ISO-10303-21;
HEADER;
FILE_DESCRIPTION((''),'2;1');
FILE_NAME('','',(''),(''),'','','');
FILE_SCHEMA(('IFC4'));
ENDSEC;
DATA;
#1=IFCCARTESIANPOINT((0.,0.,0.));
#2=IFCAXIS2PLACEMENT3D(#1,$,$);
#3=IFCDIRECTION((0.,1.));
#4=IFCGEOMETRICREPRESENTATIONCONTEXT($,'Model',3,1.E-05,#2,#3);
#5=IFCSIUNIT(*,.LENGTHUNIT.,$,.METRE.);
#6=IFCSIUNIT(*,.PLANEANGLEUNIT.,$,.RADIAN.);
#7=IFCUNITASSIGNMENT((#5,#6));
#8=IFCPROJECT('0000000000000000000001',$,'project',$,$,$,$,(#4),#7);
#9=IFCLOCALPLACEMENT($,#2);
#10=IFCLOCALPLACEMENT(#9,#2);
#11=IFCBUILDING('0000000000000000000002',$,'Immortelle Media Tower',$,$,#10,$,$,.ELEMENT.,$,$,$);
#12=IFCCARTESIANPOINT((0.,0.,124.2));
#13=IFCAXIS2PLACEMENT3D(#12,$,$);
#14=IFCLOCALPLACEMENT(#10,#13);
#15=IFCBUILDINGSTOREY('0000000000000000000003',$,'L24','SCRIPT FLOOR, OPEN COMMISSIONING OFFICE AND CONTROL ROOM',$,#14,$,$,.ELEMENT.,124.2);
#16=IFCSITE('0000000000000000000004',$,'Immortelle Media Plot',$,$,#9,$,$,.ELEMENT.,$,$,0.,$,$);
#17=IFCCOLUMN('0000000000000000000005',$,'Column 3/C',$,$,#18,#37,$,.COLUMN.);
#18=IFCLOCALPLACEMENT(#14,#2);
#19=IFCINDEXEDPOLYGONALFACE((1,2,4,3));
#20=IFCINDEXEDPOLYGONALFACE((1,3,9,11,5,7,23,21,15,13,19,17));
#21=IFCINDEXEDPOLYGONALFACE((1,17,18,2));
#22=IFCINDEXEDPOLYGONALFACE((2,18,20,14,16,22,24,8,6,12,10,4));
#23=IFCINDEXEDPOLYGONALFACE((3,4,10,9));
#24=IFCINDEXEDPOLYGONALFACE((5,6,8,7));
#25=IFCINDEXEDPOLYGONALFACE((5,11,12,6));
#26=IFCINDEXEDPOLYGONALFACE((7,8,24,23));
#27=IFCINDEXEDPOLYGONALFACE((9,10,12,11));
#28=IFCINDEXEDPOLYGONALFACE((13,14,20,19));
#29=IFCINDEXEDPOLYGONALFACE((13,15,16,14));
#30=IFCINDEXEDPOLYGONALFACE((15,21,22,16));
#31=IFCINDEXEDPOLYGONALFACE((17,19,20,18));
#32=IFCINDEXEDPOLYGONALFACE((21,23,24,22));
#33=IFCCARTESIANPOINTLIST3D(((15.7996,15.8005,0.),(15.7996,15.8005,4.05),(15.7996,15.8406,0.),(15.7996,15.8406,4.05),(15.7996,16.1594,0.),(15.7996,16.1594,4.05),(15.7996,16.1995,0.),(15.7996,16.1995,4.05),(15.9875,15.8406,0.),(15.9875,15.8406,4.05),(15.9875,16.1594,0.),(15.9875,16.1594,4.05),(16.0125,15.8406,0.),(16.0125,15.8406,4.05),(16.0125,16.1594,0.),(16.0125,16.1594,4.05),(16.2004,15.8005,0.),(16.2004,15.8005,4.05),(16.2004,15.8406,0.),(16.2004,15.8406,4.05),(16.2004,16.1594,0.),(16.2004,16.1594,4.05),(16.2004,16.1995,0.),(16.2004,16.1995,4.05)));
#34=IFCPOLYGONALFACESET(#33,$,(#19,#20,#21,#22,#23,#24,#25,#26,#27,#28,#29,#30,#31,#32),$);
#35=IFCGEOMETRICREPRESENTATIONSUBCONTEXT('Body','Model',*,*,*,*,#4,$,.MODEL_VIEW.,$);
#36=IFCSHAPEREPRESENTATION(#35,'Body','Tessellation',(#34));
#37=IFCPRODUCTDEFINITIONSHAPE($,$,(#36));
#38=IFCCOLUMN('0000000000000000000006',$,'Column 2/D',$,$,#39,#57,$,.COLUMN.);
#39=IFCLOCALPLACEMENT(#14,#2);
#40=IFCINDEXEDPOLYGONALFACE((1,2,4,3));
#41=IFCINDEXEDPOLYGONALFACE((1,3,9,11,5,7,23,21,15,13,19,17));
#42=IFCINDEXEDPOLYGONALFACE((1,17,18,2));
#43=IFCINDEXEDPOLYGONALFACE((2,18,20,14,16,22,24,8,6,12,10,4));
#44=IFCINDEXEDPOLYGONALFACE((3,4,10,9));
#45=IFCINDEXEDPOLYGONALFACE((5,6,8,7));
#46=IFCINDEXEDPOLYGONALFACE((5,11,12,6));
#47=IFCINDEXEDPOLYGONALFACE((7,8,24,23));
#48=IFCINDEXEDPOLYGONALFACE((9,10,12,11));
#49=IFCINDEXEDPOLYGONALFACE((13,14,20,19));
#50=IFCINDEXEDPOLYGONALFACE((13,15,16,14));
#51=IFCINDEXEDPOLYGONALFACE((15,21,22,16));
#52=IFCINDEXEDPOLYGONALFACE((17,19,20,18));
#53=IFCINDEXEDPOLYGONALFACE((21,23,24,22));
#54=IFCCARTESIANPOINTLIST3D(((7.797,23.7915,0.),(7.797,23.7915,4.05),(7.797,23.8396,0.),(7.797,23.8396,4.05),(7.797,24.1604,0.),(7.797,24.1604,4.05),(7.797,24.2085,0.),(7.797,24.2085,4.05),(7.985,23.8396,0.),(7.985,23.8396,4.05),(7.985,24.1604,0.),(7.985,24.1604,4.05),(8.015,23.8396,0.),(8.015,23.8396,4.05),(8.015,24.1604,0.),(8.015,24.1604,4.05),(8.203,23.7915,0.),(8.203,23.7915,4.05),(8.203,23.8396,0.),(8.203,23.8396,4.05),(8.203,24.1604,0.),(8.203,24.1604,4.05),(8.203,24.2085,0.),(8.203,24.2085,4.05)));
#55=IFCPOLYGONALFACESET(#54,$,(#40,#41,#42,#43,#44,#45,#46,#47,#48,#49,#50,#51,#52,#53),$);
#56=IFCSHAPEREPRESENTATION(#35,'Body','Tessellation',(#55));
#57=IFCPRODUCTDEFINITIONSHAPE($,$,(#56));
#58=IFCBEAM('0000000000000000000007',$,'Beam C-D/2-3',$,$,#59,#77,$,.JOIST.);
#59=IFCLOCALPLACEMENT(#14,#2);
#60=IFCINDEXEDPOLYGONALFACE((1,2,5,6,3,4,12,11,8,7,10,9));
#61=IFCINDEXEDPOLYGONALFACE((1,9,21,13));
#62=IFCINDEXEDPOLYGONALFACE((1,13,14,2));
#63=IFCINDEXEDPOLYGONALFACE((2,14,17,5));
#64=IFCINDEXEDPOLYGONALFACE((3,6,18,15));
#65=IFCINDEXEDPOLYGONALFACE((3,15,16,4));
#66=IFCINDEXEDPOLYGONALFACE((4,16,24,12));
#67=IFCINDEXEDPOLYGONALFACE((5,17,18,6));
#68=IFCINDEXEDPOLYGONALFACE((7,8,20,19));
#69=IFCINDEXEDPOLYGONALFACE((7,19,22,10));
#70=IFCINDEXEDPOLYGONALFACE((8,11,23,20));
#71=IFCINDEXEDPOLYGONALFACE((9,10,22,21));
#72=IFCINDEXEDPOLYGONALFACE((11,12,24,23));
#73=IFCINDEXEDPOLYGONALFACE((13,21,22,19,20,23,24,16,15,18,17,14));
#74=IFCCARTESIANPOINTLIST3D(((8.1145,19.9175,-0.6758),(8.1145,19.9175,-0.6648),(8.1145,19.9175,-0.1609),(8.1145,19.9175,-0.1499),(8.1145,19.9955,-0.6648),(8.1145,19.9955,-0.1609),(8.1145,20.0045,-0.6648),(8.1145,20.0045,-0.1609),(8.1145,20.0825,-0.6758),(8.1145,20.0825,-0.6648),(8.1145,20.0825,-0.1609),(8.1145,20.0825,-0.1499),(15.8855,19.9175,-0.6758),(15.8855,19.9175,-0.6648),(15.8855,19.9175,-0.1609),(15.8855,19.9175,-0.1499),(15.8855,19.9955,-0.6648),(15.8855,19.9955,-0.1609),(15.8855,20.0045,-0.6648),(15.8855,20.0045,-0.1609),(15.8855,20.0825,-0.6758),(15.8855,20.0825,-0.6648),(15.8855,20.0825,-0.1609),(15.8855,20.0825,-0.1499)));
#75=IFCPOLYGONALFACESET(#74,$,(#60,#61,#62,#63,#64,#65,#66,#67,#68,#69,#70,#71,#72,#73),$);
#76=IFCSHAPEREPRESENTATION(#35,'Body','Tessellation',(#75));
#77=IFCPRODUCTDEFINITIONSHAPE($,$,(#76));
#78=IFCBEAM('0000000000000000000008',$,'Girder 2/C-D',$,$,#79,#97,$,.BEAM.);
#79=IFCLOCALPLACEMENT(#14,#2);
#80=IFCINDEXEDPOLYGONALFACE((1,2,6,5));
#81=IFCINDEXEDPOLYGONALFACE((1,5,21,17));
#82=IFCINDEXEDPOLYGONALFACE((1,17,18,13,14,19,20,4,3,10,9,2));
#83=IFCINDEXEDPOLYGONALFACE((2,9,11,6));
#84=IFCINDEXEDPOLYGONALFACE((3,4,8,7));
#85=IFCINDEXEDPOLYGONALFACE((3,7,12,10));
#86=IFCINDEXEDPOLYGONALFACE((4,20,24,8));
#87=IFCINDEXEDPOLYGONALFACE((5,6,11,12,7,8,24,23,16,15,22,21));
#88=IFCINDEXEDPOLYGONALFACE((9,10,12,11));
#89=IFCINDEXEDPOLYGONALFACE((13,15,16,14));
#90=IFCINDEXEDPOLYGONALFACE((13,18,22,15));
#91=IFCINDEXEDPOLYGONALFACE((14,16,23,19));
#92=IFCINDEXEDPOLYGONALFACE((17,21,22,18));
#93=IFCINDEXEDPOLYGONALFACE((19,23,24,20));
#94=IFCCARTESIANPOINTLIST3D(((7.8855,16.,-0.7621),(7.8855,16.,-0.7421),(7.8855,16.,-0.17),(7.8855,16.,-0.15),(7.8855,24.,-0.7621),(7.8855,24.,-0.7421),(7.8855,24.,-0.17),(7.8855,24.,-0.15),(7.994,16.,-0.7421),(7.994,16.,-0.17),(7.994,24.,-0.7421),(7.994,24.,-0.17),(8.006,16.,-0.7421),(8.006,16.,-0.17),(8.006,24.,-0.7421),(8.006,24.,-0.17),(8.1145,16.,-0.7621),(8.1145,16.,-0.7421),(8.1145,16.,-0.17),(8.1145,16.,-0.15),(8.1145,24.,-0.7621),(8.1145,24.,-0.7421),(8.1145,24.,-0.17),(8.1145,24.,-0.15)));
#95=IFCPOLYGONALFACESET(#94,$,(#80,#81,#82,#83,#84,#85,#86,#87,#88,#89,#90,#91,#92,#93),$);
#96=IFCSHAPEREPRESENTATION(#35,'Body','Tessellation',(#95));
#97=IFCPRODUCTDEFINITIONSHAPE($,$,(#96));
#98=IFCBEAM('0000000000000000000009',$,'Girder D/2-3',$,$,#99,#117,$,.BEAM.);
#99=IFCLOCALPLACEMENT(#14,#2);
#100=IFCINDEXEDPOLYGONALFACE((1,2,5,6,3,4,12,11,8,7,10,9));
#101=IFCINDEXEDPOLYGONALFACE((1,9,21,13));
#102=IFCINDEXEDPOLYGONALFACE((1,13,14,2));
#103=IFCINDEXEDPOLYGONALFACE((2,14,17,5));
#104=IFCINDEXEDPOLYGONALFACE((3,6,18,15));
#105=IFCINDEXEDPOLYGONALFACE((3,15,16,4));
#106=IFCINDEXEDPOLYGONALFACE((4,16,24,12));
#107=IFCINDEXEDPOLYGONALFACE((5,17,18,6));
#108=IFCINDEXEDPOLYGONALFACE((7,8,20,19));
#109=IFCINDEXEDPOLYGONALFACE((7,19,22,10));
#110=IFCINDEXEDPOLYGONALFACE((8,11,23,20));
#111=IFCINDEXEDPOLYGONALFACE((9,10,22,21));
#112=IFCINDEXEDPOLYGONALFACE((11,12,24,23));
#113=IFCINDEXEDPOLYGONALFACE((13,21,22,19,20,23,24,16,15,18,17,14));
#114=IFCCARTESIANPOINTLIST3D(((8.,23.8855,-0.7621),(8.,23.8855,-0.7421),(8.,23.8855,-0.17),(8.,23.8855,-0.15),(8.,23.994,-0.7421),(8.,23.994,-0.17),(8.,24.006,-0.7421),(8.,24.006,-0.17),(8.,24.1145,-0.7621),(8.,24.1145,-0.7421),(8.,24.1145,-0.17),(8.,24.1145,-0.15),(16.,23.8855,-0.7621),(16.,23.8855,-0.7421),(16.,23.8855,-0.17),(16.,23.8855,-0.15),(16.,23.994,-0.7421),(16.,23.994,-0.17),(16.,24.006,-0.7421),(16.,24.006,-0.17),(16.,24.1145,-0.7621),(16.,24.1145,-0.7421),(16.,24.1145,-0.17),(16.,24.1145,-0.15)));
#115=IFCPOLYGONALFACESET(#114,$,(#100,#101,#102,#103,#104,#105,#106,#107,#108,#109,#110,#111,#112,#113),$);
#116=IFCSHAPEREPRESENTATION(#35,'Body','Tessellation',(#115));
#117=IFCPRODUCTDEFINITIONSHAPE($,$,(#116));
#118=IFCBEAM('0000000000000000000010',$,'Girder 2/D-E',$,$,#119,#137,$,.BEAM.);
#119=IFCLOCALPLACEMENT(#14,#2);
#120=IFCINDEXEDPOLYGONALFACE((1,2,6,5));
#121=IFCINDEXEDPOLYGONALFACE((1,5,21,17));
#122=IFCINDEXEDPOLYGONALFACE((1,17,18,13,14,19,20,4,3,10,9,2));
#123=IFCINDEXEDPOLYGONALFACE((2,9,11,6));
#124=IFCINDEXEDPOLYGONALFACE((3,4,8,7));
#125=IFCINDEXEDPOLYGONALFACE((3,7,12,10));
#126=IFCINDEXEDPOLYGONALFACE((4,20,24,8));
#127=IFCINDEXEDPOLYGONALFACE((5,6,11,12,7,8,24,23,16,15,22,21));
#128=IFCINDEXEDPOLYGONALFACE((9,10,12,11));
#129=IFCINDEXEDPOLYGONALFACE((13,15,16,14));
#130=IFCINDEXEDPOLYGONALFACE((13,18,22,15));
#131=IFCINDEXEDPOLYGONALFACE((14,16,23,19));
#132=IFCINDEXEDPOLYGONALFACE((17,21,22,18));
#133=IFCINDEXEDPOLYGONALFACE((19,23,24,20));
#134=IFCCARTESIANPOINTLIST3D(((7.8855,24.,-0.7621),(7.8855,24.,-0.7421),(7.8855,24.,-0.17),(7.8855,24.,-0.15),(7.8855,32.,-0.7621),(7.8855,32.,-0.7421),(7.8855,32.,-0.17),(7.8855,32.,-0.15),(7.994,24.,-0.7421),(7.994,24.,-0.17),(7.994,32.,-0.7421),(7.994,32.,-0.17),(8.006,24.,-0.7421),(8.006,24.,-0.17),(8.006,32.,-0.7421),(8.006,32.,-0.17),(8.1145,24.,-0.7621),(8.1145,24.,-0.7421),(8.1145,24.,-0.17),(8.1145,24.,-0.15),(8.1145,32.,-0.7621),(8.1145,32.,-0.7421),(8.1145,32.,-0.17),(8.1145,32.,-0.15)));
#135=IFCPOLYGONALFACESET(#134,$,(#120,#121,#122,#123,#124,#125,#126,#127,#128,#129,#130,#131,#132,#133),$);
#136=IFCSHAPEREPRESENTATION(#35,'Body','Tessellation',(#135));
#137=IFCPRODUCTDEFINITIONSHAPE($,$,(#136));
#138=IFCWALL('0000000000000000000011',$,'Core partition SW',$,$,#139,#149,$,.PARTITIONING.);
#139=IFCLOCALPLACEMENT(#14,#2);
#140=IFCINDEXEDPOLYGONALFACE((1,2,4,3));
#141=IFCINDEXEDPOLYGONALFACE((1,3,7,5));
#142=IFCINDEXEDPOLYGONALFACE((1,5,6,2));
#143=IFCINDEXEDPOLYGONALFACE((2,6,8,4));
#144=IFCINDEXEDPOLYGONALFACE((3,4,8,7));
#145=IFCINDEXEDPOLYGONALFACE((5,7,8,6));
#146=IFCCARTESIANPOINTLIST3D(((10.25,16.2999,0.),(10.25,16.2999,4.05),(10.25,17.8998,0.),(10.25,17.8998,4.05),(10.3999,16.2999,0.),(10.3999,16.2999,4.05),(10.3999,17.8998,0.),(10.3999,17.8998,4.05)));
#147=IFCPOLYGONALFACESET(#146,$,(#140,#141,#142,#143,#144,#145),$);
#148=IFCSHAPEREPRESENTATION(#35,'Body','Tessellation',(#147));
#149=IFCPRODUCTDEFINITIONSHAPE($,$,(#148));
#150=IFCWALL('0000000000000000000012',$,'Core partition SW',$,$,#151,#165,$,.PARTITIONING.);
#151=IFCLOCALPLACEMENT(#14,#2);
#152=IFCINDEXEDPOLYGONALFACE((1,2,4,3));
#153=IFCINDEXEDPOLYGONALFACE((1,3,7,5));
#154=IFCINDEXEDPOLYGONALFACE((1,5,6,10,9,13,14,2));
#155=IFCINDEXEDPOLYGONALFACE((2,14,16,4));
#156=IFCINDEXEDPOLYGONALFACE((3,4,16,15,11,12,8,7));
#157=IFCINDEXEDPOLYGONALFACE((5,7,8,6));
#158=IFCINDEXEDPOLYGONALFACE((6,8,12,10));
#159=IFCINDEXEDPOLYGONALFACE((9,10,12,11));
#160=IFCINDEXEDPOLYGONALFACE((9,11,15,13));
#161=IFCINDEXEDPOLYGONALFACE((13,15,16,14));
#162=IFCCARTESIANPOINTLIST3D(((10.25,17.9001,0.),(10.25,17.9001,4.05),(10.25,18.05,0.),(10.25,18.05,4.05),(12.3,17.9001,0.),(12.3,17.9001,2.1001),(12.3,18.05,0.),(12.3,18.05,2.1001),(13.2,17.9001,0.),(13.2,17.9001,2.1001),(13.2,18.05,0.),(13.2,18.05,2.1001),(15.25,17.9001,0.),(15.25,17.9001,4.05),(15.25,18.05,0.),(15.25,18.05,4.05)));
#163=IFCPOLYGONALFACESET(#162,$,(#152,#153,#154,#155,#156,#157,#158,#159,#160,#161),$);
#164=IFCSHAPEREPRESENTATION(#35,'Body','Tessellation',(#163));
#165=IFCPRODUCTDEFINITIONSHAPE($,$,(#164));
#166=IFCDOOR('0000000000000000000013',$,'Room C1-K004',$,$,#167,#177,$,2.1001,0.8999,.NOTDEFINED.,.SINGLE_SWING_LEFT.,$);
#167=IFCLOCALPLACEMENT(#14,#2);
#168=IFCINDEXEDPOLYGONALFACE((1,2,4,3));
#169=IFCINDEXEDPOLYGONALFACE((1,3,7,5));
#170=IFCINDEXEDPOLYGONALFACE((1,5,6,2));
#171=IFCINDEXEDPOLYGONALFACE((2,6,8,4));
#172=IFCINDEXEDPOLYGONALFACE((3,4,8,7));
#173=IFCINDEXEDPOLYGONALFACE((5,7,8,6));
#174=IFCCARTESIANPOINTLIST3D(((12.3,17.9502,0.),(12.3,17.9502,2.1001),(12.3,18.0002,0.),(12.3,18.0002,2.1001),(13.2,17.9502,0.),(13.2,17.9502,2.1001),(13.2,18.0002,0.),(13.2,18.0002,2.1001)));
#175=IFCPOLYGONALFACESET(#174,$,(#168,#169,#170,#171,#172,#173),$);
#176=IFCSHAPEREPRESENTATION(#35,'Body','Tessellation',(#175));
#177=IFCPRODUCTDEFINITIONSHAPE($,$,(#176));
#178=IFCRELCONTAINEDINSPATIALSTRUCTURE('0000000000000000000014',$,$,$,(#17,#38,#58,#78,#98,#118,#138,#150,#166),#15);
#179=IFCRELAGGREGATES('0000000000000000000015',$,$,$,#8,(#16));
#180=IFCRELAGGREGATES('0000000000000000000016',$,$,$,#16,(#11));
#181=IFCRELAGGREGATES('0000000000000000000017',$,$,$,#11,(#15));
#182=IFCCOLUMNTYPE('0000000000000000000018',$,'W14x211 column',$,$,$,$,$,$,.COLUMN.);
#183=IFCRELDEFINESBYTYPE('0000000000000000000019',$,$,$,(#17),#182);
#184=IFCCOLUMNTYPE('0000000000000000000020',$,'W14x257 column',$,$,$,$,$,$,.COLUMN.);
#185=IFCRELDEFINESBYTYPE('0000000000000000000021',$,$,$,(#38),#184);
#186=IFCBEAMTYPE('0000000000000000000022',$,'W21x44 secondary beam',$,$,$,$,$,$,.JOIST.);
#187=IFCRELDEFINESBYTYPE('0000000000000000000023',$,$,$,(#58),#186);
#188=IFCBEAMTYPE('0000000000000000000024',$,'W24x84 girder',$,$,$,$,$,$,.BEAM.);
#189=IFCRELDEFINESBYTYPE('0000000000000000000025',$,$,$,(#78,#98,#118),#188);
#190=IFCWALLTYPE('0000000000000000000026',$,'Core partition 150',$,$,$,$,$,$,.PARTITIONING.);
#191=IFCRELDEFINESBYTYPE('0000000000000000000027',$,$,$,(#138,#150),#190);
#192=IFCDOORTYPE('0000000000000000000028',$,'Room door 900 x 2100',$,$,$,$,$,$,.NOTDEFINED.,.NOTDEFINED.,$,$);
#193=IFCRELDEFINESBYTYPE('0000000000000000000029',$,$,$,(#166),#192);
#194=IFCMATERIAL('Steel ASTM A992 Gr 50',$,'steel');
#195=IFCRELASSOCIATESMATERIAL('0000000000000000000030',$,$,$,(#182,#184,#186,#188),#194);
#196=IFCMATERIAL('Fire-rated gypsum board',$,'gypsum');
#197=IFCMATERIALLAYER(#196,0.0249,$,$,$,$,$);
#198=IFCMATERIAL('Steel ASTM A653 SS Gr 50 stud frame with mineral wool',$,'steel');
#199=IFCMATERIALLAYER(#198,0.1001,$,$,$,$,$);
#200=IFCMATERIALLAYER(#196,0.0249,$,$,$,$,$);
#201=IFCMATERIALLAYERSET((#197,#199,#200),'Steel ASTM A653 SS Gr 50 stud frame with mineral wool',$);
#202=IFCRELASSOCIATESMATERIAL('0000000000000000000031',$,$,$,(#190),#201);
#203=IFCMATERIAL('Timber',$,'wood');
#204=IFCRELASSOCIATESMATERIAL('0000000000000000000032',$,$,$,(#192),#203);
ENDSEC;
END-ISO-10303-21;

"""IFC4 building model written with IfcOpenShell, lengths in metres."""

from ifc_helpers import new_model, si_unit, direction, frame, frame_2d, origin, origin_2d, place, context, subcontext, project, spatial, rectangle, i_section, extrude, material, layer, layer_set, material_profile, profile_set, type_object, element, fill, save


model = new_model("IFC4")

# Units and contexts
model_context = context("Model", 3, precision=1e-05, world=origin(), true_north=direction((0.0, 1.0)))
body_context = subcontext(model_context, "Body", "Model", "MODEL_VIEW")
ifc_project = project(units=[si_unit("LENGTHUNIT", "METRE"), si_unit("PLANEANGLEUNIT", "RADIAN")], contexts=[model_context])

# Site, building, storey
site_placement = place(None, origin())
site = spatial("IfcSite", under=ifc_project, at=site_placement, Name="Immortelle Media Plot", CompositionType="ELEMENT", RefElevation=0.0)
building_placement = place(site_placement, origin())
building = spatial("IfcBuilding", under=site, at=building_placement, Name="Immortelle Media Tower", CompositionType="ELEMENT")
storey_placement = place(building_placement, frame((0.0, 0.0, 124.2)))
storey = spatial("IfcBuildingStorey", under=building, at=storey_placement, Name="L24", Description="SCRIPT FLOOR, OPEN COMMISSIONING OFFICE AND CONTROL ROOM", CompositionType="ELEMENT", Elevation=124.2)

# Columns
ifc_material_1 = material(Name="Steel ASTM A992 Gr 50", Category="steel")
ifc_material_profile_1 = material_profile(ifc_material_1, i_section(OverallWidth=0.4009, OverallDepth=0.3989, WebThickness=0.0249, FlangeThickness=0.04, at=origin_2d()), Name="W14x211")
ifc_profile_set_1 = profile_set([ifc_material_profile_1], Name="Steel ASTM A992 Gr 50")
column_type_1 = type_object("IfcColumnType", Name="W14x211 column", PredefinedType="COLUMN", material=ifc_profile_set_1)
column_1_placement = place(storey_placement, frame((16.0, 16.0, 0.0), z_axis=(0.0, 0.0, 1.0), x_axis=(1.0, 0.0, 0.0)))
element("IfcColumn", 1, at=column_1_placement, inside=storey, type_object=column_type_1, Name="Column 3/C", PredefinedType="COLUMN", context=body_context, shape_type="SweptSolid", body=[
    extrude(i_section(OverallWidth=0.4009, OverallDepth=0.3989, WebThickness=0.0249, FlangeThickness=0.04, at=origin_2d()), origin(), (0.0, 0.0, 1.0), 4.05),
])
ifc_material_profile_2 = material_profile(ifc_material_1, i_section(OverallWidth=0.406, OverallDepth=0.417, WebThickness=0.03, FlangeThickness=0.0481, at=origin_2d()), Name="W14x257")
ifc_profile_set_2 = profile_set([ifc_material_profile_2], Name="Steel ASTM A992 Gr 50")
column_type_2 = type_object("IfcColumnType", Name="W14x257 column", PredefinedType="COLUMN", material=ifc_profile_set_2)
column_2_placement = place(storey_placement, frame((8.0, 24.0, 0.0), z_axis=(0.0, 0.0, 1.0), x_axis=(1.0, 0.0, 0.0)))
element("IfcColumn", 2, at=column_2_placement, inside=storey, type_object=column_type_2, Name="Column 2/D", PredefinedType="COLUMN", context=body_context, shape_type="SweptSolid", body=[
    extrude(i_section(OverallWidth=0.406, OverallDepth=0.417, WebThickness=0.03, FlangeThickness=0.0481, at=origin_2d()), origin(), (0.0, 0.0, 1.0), 4.05),
])

# Beams
ifc_material_profile_3 = material_profile(ifc_material_1, i_section(OverallWidth=0.165, OverallDepth=0.5259, WebThickness=0.009, FlangeThickness=0.011, at=origin_2d()), Name="W21x44")
ifc_profile_set_3 = profile_set([ifc_material_profile_3], Name="Steel ASTM A992 Gr 50")
beam_type_1 = type_object("IfcBeamType", Name="W21x44 secondary beam", PredefinedType="JOIST", material=ifc_profile_set_3)
beam_placement = place(storey_placement, frame((8.1145, 20.0, -0.4128), z_axis=(1.0, 0.0, 0.0), x_axis=(0.0, 1.0, 0.0)))
element("IfcBeam", 3, at=beam_placement, inside=storey, type_object=beam_type_1, Name="Beam C-D/2-3", PredefinedType="JOIST", context=body_context, shape_type="SweptSolid", body=[
    extrude(i_section(OverallWidth=0.165, OverallDepth=0.5259, WebThickness=0.009, FlangeThickness=0.011, at=origin_2d()), origin(), (0.0, 0.0, 1.0), 7.771),
])
ifc_material_profile_4 = material_profile(ifc_material_1, i_section(OverallWidth=0.229, OverallDepth=0.6121, WebThickness=0.012, FlangeThickness=0.02, at=origin_2d()), Name="W24x84")
ifc_profile_set_4 = profile_set([ifc_material_profile_4], Name="Steel ASTM A992 Gr 50")
beam_type_2 = type_object("IfcBeamType", Name="W24x84 girder", PredefinedType="BEAM", material=ifc_profile_set_4)
for number, where, z_axis, x_axis, name in (
    (4, (8.0, 16.0, -0.4561), (0.0, 1.0, 0.0), (-1.0, 0.0, 0.0), "Girder 2/C-D"),
    (5, (8.0, 24.0, -0.4561), (1.0, 0.0, 0.0), (0.0, 1.0, 0.0), "Girder D/2-3"),
    (6, (8.0, 24.0, -0.4561), (0.0, 1.0, 0.0), (-1.0, 0.0, 0.0), "Girder 2/D-E"),
):
    element("IfcBeam", number, at=place(storey_placement, frame(where, z_axis=z_axis, x_axis=x_axis)), inside=storey, type_object=beam_type_2, Name=name, PredefinedType="BEAM", context=body_context, shape_type="SweptSolid", body=[
        extrude(i_section(OverallWidth=0.229, OverallDepth=0.6121, WebThickness=0.012, FlangeThickness=0.02, at=origin_2d()), origin(), (0.0, 0.0, 1.0), 8.0),
    ])

# Wall
ifc_material_2 = material(Name="Fire-rated gypsum board", Category="gypsum")
ifc_layer_1 = layer(ifc_material_2, 0.0249)
ifc_material_3 = material(Name="Steel ASTM A653 SS Gr 50 stud frame with mineral wool", Category="steel")
ifc_layer_2 = layer(ifc_material_3, 0.1001)
ifc_layer_3 = layer(ifc_material_2, 0.0249)
ifc_layer_set_1 = layer_set([ifc_layer_1, ifc_layer_2, ifc_layer_3], Name="Steel ASTM A653 SS Gr 50 stud frame with mineral wool")
wall_type_1 = type_object("IfcWallType", Name="Core partition 150", PredefinedType="PARTITIONING", material=ifc_layer_set_1)
wall_1_placement = place(storey_placement, frame((10.325, 16.3, 0.0), z_axis=(0.0, 0.0, 1.0), x_axis=(0.0, 1.0, 0.0)))
element("IfcWall", 7, at=wall_1_placement, inside=storey, type_object=wall_type_1, Name="Core partition SW", PredefinedType="PARTITIONING", context=body_context, shape_type="SweptSolid", body=[
    extrude(rectangle(XDim=1.5999, YDim=0.1499, at=frame_2d((0.7998, 0.0))), origin(), (0.0, 0.0, 1.0), 4.05),
])

# Wall, opening, door
wall_2_placement = place(storey_placement, frame((10.25, 17.9751, 0.0), z_axis=(0.0, 0.0, 1.0), x_axis=(1.0, 0.0, 0.0)))
wall_2 = element("IfcWall", 8, at=wall_2_placement, inside=storey, type_object=wall_type_1, Name="Core partition SW", PredefinedType="PARTITIONING", context=body_context, shape_type="SweptSolid", body=[
    extrude(rectangle(XDim=5.0, YDim=0.1499, at=frame_2d((2.5, 0.0))), origin(), (0.0, 0.0, 1.0), 4.05),
])
opening_1_placement = place(wall_2_placement, frame((2.95, 0.0, 0.0), z_axis=(0.0, 0.0, 1.0), x_axis=(-1.0, 0.0, 0.0)))
opening_1 = element("IfcOpeningElement", 9, at=opening_1_placement, cuts=wall_2, PredefinedType="OPENING", context=body_context, shape_type="SweptSolid", body=[
    extrude(rectangle(XDim=0.8999, YDim=2.1001, at=frame_2d((0.45, 1.05))), frame((0.0, 0.085, 0.0), z_axis=(0.0, -1.0, 0.0), x_axis=(1.0, 0.0, 0.0)), (0.0, 0.0, 1.0), 0.1699),
])
ifc_material_4 = material(Name="Timber", Category="wood")
door_type_1 = type_object("IfcDoorType", Name="Room door 900 x 2100", OperationType="NOTDEFINED", PredefinedType="NOTDEFINED", material=ifc_material_4)
door_1_placement = place(opening_1_placement, origin())
door_1 = element("IfcDoor", 10, at=door_1_placement, inside=storey, type_object=door_type_1, Name="Room C1-K004", OperationType="SINGLE_SWING_LEFT", OverallHeight=2.1001, OverallWidth=0.8999, PredefinedType="NOTDEFINED", context=body_context, shape_type="SweptSolid", body=[
    extrude(rectangle(XDim=0.8999, YDim=2.1001, at=frame_2d((0.45, 1.05))), frame((0.0, 0.0249, 0.0), z_axis=(0.0, -1.0, 0.0), x_axis=(1.0, 0.0, 0.0)), (0.0, 0.0, 1.0), 0.05),
])
fill(opening_1, door_1)

save(model, "model.ifc")
